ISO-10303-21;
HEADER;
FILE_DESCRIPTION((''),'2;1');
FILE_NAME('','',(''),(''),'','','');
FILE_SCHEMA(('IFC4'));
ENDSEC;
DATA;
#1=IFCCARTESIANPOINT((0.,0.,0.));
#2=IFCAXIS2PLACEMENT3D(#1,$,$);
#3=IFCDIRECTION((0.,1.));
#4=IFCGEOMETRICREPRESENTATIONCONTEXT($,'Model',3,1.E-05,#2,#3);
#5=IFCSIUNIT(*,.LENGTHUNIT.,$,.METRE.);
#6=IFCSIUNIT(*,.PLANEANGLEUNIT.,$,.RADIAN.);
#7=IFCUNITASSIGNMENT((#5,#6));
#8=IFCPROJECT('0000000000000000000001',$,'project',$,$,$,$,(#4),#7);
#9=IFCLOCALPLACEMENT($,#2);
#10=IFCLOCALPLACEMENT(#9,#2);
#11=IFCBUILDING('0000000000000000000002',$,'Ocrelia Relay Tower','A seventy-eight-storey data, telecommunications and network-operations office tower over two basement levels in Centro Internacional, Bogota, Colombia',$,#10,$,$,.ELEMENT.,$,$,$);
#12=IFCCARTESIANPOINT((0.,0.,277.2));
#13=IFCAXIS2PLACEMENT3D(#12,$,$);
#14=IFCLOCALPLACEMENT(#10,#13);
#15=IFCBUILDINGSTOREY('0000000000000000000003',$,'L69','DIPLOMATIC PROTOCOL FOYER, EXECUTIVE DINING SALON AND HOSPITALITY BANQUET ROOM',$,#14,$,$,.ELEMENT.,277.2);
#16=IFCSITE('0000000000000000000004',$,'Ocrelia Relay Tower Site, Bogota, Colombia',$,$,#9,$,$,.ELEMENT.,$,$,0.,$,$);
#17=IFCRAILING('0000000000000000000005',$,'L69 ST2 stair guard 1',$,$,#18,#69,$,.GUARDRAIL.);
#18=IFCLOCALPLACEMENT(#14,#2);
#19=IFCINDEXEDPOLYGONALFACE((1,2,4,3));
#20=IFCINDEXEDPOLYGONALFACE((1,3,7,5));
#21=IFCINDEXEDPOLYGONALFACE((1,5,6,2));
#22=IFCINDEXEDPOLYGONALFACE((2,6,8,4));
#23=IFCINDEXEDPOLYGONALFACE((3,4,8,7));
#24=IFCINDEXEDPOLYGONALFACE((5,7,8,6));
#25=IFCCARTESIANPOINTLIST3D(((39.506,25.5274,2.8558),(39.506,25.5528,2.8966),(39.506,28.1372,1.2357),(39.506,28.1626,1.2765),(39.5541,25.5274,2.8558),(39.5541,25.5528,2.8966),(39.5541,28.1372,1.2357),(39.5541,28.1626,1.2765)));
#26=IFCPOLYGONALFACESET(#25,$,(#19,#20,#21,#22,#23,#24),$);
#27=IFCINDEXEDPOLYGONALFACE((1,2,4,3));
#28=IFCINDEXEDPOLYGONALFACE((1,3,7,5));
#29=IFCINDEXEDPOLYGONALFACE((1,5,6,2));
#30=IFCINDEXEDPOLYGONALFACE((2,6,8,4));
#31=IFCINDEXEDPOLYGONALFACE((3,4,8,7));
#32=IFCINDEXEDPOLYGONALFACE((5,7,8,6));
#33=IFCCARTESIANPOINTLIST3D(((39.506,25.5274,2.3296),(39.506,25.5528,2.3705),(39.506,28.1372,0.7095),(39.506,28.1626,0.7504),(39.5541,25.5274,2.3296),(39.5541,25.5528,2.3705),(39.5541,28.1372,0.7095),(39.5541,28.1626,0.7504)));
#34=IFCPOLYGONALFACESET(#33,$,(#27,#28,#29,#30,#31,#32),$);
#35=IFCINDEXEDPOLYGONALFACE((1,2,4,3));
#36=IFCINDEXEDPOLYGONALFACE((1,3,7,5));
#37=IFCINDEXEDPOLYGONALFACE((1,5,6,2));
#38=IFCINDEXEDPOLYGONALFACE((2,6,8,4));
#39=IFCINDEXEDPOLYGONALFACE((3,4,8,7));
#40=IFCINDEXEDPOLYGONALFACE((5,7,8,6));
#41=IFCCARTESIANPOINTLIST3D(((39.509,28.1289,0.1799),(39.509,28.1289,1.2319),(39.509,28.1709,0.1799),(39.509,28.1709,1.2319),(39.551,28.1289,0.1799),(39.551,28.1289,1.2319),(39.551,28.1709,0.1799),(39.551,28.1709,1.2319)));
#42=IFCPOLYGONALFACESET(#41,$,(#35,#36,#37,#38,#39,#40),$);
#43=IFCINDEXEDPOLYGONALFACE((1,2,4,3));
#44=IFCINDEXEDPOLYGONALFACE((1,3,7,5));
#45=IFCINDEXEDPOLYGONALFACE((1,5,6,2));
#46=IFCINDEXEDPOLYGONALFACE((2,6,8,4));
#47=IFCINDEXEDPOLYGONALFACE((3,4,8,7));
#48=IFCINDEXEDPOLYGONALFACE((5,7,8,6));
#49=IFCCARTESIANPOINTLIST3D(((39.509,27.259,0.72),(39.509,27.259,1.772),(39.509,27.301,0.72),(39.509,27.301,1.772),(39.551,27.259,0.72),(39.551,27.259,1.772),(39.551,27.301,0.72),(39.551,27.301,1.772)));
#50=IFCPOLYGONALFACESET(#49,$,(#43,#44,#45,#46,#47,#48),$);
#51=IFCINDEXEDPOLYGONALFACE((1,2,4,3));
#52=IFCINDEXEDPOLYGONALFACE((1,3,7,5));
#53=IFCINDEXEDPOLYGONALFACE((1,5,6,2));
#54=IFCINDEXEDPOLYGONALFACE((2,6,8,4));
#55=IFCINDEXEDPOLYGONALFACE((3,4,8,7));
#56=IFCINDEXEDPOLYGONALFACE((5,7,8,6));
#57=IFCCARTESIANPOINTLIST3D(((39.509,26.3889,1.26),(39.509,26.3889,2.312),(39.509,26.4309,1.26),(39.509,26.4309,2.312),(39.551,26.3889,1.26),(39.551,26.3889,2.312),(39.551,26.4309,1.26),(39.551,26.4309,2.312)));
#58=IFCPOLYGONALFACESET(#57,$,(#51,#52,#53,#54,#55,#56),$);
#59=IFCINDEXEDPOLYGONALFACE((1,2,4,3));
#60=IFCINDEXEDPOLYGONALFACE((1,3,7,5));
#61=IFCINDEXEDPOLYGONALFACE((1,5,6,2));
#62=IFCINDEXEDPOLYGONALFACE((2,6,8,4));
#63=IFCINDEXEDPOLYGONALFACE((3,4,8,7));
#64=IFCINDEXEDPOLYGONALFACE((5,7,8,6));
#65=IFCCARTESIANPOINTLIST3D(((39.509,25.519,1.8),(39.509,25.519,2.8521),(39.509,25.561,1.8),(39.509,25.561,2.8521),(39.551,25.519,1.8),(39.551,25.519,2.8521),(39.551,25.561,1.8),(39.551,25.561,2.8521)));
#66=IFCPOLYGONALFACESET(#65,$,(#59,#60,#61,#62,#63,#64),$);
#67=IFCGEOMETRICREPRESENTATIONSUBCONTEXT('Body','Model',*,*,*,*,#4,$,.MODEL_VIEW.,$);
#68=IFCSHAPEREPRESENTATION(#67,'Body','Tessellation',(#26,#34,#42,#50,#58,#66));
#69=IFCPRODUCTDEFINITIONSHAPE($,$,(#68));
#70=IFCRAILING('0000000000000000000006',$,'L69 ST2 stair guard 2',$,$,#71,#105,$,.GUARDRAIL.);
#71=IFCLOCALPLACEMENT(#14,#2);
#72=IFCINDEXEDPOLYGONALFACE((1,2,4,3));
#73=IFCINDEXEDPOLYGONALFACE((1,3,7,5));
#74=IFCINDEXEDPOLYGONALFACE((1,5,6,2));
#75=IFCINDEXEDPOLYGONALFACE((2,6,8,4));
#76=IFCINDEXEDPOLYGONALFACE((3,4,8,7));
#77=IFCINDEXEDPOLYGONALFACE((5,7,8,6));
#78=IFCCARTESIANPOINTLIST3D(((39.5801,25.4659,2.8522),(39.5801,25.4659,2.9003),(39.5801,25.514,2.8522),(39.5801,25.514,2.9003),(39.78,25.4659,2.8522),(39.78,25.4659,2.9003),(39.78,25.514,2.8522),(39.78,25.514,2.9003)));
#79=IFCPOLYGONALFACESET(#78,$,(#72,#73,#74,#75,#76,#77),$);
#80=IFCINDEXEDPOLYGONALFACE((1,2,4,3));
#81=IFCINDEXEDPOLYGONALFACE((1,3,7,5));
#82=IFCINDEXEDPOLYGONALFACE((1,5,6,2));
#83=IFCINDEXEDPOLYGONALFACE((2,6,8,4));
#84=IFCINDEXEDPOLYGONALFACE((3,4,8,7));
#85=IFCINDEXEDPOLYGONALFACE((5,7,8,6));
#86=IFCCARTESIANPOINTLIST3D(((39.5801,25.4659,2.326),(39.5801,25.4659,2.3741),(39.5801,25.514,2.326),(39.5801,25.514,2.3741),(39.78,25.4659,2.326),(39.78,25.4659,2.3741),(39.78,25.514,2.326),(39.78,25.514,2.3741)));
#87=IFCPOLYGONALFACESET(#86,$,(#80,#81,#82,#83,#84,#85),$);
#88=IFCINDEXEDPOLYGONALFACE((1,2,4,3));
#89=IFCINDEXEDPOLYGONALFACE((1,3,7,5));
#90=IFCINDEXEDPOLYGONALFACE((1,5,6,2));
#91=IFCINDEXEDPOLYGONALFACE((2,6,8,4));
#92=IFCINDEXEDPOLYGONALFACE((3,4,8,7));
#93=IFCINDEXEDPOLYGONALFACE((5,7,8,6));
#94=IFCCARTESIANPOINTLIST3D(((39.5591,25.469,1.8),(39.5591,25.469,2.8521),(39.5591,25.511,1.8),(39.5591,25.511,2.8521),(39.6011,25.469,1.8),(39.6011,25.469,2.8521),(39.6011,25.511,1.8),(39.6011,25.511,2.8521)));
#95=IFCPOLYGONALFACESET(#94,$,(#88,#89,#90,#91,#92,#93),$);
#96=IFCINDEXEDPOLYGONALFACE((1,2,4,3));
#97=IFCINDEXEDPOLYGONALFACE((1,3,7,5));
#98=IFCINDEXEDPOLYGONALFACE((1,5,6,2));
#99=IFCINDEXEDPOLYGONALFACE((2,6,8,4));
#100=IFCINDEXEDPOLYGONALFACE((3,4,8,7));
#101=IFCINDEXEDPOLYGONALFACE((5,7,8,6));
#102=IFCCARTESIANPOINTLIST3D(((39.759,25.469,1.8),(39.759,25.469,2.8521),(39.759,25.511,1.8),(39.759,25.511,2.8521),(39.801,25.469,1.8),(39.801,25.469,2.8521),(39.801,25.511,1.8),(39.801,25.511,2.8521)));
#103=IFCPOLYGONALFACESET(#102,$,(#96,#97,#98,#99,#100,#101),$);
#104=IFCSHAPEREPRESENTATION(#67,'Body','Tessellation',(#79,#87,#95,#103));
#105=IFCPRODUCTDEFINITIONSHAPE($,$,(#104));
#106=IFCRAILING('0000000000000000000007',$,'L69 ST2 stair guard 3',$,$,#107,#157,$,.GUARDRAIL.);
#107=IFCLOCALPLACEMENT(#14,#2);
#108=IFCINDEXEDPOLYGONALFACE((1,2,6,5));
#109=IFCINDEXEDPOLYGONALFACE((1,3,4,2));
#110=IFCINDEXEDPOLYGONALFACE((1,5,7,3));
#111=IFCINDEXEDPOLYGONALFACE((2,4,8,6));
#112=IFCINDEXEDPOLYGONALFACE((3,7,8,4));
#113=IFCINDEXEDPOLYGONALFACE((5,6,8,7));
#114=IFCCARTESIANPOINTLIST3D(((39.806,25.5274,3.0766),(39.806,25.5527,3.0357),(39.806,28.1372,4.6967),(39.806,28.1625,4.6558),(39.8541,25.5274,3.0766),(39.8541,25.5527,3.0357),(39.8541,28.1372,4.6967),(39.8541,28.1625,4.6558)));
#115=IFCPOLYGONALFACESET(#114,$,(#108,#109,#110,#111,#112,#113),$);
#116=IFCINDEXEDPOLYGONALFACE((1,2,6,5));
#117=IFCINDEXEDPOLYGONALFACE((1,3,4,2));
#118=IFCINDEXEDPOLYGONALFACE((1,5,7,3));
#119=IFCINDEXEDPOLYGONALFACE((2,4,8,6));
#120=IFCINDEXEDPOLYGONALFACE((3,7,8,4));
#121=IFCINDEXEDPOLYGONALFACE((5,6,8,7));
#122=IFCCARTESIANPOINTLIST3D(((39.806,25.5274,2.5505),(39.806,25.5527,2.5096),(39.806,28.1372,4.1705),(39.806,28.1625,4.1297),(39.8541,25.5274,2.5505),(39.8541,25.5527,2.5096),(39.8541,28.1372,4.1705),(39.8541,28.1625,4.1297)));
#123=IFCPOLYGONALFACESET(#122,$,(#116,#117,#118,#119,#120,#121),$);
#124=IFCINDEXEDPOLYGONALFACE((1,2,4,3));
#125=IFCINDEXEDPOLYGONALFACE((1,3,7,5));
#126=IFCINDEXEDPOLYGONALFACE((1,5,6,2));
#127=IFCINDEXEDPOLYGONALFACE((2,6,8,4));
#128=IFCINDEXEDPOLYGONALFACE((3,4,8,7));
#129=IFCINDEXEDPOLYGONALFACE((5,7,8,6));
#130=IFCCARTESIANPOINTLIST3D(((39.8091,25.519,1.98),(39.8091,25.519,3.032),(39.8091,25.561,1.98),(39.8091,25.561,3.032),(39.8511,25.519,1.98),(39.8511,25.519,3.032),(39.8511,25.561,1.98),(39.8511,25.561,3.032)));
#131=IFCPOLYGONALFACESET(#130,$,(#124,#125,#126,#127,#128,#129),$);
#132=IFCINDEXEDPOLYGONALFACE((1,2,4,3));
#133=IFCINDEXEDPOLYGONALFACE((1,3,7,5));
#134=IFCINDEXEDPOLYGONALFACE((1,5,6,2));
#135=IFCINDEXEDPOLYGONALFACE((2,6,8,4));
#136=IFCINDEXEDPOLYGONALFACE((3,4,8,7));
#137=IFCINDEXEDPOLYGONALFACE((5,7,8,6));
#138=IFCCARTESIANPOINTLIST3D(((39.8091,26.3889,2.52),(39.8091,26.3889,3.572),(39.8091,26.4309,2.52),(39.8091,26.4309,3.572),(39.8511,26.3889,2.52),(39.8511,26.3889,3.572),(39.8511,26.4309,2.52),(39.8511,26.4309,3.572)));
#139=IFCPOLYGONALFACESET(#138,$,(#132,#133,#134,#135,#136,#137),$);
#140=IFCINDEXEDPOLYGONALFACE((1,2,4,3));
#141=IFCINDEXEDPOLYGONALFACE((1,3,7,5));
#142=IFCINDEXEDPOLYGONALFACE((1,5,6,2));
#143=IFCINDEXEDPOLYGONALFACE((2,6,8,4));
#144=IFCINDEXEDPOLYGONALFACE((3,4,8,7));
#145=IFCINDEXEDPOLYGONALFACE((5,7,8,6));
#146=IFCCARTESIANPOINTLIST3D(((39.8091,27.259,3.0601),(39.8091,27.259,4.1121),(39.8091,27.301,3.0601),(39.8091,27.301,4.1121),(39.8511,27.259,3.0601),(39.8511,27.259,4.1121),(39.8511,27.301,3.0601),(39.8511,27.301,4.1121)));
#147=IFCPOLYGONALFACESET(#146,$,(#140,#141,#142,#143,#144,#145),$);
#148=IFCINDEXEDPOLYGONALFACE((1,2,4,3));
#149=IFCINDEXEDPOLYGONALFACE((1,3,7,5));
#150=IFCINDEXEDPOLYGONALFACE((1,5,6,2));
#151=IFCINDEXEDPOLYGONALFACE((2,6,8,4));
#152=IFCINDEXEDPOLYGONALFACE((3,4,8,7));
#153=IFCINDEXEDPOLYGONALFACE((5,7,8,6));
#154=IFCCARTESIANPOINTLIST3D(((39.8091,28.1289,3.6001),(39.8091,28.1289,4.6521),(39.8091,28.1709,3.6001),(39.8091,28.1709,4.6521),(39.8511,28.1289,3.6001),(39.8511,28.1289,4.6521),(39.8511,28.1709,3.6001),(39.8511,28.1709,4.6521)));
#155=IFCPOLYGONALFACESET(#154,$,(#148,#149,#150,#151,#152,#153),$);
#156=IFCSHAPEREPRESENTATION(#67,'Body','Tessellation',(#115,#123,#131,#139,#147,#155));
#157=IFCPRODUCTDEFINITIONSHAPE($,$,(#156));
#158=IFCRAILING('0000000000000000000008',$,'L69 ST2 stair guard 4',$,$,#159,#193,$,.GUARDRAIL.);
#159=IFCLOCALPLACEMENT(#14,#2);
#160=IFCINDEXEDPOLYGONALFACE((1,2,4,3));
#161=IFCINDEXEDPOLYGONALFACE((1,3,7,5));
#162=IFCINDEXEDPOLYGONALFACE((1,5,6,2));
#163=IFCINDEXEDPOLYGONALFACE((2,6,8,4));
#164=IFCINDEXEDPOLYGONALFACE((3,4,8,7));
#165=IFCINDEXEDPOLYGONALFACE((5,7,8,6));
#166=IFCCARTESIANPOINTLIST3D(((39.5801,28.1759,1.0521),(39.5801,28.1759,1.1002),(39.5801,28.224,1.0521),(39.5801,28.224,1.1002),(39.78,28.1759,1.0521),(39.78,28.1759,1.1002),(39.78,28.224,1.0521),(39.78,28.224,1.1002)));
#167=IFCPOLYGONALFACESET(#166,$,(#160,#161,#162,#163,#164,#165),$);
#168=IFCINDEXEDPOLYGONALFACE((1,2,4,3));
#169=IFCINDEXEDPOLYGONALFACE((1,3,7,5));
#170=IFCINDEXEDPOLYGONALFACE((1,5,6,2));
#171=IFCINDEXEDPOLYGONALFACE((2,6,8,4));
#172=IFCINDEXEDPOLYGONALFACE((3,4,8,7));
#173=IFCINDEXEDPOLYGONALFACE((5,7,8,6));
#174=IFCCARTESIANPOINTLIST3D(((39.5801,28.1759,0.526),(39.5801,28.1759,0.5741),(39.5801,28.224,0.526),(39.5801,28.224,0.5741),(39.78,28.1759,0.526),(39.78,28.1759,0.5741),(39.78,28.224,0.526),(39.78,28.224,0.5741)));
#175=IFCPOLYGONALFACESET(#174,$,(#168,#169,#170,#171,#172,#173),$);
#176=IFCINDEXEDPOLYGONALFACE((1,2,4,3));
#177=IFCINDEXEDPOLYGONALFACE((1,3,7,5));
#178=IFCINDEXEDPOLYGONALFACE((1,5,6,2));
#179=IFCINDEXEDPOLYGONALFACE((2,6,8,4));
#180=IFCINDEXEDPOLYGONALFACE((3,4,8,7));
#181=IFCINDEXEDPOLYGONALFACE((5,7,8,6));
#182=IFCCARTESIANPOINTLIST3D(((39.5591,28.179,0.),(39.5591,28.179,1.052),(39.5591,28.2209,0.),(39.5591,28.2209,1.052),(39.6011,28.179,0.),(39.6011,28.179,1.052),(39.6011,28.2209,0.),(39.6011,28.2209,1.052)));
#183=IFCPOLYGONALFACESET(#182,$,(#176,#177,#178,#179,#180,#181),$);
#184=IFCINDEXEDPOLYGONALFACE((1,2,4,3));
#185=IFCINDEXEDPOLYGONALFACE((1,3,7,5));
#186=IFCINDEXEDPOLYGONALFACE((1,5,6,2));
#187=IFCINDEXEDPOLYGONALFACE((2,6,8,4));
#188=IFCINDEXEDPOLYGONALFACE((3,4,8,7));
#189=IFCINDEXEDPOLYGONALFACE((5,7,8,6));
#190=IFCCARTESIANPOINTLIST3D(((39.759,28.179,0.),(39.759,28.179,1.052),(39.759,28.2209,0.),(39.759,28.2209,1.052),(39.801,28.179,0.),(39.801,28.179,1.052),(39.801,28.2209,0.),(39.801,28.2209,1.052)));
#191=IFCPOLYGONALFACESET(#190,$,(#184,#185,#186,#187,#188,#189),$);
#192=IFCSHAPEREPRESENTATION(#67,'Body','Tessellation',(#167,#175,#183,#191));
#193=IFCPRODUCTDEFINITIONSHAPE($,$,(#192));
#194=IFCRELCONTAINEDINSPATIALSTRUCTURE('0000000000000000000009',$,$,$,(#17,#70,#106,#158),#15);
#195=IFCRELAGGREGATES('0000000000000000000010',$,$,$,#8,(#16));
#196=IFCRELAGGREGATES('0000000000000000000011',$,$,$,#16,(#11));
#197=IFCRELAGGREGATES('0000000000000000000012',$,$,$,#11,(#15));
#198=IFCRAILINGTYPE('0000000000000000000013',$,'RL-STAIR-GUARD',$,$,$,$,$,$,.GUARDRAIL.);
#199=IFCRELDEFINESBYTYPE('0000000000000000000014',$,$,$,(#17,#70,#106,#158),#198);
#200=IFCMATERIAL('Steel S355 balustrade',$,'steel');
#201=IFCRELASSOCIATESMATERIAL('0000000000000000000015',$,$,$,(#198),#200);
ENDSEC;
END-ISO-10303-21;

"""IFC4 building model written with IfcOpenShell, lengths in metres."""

from ifc_helpers import new_model, si_unit, direction, frame, origin, origin_2d, place, context, subcontext, project, spatial, rectangle, extrude, material, type_object, element, save


model = new_model("IFC4")

# Units and contexts
model_context = context("Model", 3, precision=1e-05, world=origin(), true_north=direction((0.0, 1.0)))
body_context = subcontext(model_context, "Body", "Model", "MODEL_VIEW")
ifc_project = project(units=[si_unit("LENGTHUNIT", "METRE"), si_unit("PLANEANGLEUNIT", "RADIAN")], contexts=[model_context])

# Site, building, storey
site_placement = place(None, origin())
site = spatial("IfcSite", under=ifc_project, at=site_placement, Name="Ocrelia Relay Tower Site, Bogota, Colombia", CompositionType="ELEMENT", RefElevation=0.0)
building_placement = place(site_placement, origin())
building = spatial("IfcBuilding", under=site, at=building_placement, Name="Ocrelia Relay Tower", Description="A seventy-eight-storey data, telecommunications and network-operations office tower over two basement levels in Centro Internacional, Bogota, Colombia", CompositionType="ELEMENT")
storey_placement = place(building_placement, frame((0.0, 0.0, 277.2)))
storey = spatial("IfcBuildingStorey", under=building, at=storey_placement, Name="L69", Description="DIPLOMATIC PROTOCOL FOYER, EXECUTIVE DINING SALON AND HOSPITALITY BANQUET ROOM", CompositionType="ELEMENT", Elevation=277.2)

# Railings
ifc_material_1 = material(Name="Steel S355 balustrade", Category="steel")
railing_type_1 = type_object("IfcRailingType", Name="RL-STAIR-GUARD", PredefinedType="GUARDRAIL", material=ifc_material_1)
railing_1_placement = place(storey_placement, frame((39.53, 28.1499, 0.1799)))
element("IfcRailing", 1, at=railing_1_placement, inside=storey, type_object=railing_type_1, Name="L69 ST2 stair guard 1", PredefinedType="GUARDRAIL", context=body_context, shape_type="SweptSolid", body=[
    extrude(rectangle(XDim=0.0481, YDim=0.0481, at=origin_2d()), frame((0.0, 0.0, 1.0762), z_axis=(0.0, -0.849611, 0.52741), x_axis=(1.0, 0.0, 0.0)), (0.0, 0.0, 1.0), 3.0718),
    extrude(rectangle(XDim=0.0481, YDim=0.0481, at=origin_2d()), frame((0.0, 0.0, 0.55), z_axis=(0.0, -0.849611, 0.52741), x_axis=(1.0, 0.0, 0.0)), (0.0, 0.0, 1.0), 3.0718),
    extrude(rectangle(XDim=0.042, YDim=0.042, at=origin_2d()), origin(), (0.0, 0.0, 1.0), 1.052),
    extrude(rectangle(XDim=0.042, YDim=0.042, at=origin_2d()), frame((0.0, -0.8699, 0.54)), (0.0, 0.0, 1.0), 1.052),
    extrude(rectangle(XDim=0.042, YDim=0.042, at=origin_2d()), frame((0.0, -1.74, 1.0801)), (0.0, 0.0, 1.0), 1.052),
    extrude(rectangle(XDim=0.042, YDim=0.042, at=origin_2d()), frame((0.0, -2.6099, 1.6201)), (0.0, 0.0, 1.0), 1.052),
])
railing_2_placement = place(storey_placement, frame((39.5801, 25.49, 1.8)))
element("IfcRailing", 2, at=railing_2_placement, inside=storey, type_object=railing_type_1, Name="L69 ST2 stair guard 2", PredefinedType="GUARDRAIL", context=body_context, shape_type="SweptSolid", body=[
    extrude(rectangle(XDim=0.0481, YDim=0.0481, at=origin_2d()), frame((0.0, 0.0, 1.0762), z_axis=(1.0, 0.0, 0.0), x_axis=(0.0, 1.0, 0.0)), (0.0, 0.0, 1.0), 0.2),
    extrude(rectangle(XDim=0.0481, YDim=0.0481, at=origin_2d()), frame((0.0, 0.0, 0.55), z_axis=(1.0, 0.0, 0.0), x_axis=(0.0, 1.0, 0.0)), (0.0, 0.0, 1.0), 0.2),
    extrude(rectangle(XDim=0.042, YDim=0.042, at=origin_2d()), origin(), (0.0, 0.0, 1.0), 1.052),
    extrude(rectangle(XDim=0.042, YDim=0.042, at=origin_2d()), frame((0.2, 0.0, 0.0)), (0.0, 0.0, 1.0), 1.052),
])
railing_3_placement = place(storey_placement, frame((39.8301, 25.54, 1.98)))
element("IfcRailing", 3, at=railing_3_placement, inside=storey, type_object=railing_type_1, Name="L69 ST2 stair guard 3", PredefinedType="GUARDRAIL", context=body_context, shape_type="SweptSolid", body=[
    extrude(rectangle(XDim=0.0481, YDim=0.0481, at=origin_2d()), frame((0.0, 0.0, 1.0762), z_axis=(0.0, 0.849611, 0.52741), x_axis=(-1.0, 0.0, 0.0)), (0.0, 0.0, 1.0), 3.0718),
    extrude(rectangle(XDim=0.0481, YDim=0.0481, at=origin_2d()), frame((0.0, 0.0, 0.55), z_axis=(0.0, 0.849611, 0.52741), x_axis=(-1.0, 0.0, 0.0)), (0.0, 0.0, 1.0), 3.0718),
    extrude(rectangle(XDim=0.042, YDim=0.042, at=origin_2d()), origin(), (0.0, 0.0, 1.0), 1.052),
    extrude(rectangle(XDim=0.042, YDim=0.042, at=origin_2d()), frame((0.0, 0.8699, 0.54)), (0.0, 0.0, 1.0), 1.052),
    extrude(rectangle(XDim=0.042, YDim=0.042, at=origin_2d()), frame((0.0, 1.74, 1.0801)), (0.0, 0.0, 1.0), 1.052),
    extrude(rectangle(XDim=0.042, YDim=0.042, at=origin_2d()), frame((0.0, 2.6099, 1.6201)), (0.0, 0.0, 1.0), 1.052),
])
railing_4_placement = place(storey_placement, frame((39.5801, 28.2, 0.0)))
element("IfcRailing", 4, at=railing_4_placement, inside=storey, type_object=railing_type_1, Name="L69 ST2 stair guard 4", PredefinedType="GUARDRAIL", context=body_context, shape_type="SweptSolid", body=[
    extrude(rectangle(XDim=0.0481, YDim=0.0481, at=origin_2d()), frame((0.0, 0.0, 1.0762), z_axis=(1.0, 0.0, 0.0), x_axis=(0.0, 1.0, 0.0)), (0.0, 0.0, 1.0), 0.2),
    extrude(rectangle(XDim=0.0481, YDim=0.0481, at=origin_2d()), frame((0.0, 0.0, 0.55), z_axis=(1.0, 0.0, 0.0), x_axis=(0.0, 1.0, 0.0)), (0.0, 0.0, 1.0), 0.2),
    extrude(rectangle(XDim=0.042, YDim=0.042, at=origin_2d()), origin(), (0.0, 0.0, 1.0), 1.052),
    extrude(rectangle(XDim=0.042, YDim=0.042, at=origin_2d()), frame((0.2, 0.0, 0.0)), (0.0, 0.0, 1.0), 1.052),
])

save(model, "model.ifc")
